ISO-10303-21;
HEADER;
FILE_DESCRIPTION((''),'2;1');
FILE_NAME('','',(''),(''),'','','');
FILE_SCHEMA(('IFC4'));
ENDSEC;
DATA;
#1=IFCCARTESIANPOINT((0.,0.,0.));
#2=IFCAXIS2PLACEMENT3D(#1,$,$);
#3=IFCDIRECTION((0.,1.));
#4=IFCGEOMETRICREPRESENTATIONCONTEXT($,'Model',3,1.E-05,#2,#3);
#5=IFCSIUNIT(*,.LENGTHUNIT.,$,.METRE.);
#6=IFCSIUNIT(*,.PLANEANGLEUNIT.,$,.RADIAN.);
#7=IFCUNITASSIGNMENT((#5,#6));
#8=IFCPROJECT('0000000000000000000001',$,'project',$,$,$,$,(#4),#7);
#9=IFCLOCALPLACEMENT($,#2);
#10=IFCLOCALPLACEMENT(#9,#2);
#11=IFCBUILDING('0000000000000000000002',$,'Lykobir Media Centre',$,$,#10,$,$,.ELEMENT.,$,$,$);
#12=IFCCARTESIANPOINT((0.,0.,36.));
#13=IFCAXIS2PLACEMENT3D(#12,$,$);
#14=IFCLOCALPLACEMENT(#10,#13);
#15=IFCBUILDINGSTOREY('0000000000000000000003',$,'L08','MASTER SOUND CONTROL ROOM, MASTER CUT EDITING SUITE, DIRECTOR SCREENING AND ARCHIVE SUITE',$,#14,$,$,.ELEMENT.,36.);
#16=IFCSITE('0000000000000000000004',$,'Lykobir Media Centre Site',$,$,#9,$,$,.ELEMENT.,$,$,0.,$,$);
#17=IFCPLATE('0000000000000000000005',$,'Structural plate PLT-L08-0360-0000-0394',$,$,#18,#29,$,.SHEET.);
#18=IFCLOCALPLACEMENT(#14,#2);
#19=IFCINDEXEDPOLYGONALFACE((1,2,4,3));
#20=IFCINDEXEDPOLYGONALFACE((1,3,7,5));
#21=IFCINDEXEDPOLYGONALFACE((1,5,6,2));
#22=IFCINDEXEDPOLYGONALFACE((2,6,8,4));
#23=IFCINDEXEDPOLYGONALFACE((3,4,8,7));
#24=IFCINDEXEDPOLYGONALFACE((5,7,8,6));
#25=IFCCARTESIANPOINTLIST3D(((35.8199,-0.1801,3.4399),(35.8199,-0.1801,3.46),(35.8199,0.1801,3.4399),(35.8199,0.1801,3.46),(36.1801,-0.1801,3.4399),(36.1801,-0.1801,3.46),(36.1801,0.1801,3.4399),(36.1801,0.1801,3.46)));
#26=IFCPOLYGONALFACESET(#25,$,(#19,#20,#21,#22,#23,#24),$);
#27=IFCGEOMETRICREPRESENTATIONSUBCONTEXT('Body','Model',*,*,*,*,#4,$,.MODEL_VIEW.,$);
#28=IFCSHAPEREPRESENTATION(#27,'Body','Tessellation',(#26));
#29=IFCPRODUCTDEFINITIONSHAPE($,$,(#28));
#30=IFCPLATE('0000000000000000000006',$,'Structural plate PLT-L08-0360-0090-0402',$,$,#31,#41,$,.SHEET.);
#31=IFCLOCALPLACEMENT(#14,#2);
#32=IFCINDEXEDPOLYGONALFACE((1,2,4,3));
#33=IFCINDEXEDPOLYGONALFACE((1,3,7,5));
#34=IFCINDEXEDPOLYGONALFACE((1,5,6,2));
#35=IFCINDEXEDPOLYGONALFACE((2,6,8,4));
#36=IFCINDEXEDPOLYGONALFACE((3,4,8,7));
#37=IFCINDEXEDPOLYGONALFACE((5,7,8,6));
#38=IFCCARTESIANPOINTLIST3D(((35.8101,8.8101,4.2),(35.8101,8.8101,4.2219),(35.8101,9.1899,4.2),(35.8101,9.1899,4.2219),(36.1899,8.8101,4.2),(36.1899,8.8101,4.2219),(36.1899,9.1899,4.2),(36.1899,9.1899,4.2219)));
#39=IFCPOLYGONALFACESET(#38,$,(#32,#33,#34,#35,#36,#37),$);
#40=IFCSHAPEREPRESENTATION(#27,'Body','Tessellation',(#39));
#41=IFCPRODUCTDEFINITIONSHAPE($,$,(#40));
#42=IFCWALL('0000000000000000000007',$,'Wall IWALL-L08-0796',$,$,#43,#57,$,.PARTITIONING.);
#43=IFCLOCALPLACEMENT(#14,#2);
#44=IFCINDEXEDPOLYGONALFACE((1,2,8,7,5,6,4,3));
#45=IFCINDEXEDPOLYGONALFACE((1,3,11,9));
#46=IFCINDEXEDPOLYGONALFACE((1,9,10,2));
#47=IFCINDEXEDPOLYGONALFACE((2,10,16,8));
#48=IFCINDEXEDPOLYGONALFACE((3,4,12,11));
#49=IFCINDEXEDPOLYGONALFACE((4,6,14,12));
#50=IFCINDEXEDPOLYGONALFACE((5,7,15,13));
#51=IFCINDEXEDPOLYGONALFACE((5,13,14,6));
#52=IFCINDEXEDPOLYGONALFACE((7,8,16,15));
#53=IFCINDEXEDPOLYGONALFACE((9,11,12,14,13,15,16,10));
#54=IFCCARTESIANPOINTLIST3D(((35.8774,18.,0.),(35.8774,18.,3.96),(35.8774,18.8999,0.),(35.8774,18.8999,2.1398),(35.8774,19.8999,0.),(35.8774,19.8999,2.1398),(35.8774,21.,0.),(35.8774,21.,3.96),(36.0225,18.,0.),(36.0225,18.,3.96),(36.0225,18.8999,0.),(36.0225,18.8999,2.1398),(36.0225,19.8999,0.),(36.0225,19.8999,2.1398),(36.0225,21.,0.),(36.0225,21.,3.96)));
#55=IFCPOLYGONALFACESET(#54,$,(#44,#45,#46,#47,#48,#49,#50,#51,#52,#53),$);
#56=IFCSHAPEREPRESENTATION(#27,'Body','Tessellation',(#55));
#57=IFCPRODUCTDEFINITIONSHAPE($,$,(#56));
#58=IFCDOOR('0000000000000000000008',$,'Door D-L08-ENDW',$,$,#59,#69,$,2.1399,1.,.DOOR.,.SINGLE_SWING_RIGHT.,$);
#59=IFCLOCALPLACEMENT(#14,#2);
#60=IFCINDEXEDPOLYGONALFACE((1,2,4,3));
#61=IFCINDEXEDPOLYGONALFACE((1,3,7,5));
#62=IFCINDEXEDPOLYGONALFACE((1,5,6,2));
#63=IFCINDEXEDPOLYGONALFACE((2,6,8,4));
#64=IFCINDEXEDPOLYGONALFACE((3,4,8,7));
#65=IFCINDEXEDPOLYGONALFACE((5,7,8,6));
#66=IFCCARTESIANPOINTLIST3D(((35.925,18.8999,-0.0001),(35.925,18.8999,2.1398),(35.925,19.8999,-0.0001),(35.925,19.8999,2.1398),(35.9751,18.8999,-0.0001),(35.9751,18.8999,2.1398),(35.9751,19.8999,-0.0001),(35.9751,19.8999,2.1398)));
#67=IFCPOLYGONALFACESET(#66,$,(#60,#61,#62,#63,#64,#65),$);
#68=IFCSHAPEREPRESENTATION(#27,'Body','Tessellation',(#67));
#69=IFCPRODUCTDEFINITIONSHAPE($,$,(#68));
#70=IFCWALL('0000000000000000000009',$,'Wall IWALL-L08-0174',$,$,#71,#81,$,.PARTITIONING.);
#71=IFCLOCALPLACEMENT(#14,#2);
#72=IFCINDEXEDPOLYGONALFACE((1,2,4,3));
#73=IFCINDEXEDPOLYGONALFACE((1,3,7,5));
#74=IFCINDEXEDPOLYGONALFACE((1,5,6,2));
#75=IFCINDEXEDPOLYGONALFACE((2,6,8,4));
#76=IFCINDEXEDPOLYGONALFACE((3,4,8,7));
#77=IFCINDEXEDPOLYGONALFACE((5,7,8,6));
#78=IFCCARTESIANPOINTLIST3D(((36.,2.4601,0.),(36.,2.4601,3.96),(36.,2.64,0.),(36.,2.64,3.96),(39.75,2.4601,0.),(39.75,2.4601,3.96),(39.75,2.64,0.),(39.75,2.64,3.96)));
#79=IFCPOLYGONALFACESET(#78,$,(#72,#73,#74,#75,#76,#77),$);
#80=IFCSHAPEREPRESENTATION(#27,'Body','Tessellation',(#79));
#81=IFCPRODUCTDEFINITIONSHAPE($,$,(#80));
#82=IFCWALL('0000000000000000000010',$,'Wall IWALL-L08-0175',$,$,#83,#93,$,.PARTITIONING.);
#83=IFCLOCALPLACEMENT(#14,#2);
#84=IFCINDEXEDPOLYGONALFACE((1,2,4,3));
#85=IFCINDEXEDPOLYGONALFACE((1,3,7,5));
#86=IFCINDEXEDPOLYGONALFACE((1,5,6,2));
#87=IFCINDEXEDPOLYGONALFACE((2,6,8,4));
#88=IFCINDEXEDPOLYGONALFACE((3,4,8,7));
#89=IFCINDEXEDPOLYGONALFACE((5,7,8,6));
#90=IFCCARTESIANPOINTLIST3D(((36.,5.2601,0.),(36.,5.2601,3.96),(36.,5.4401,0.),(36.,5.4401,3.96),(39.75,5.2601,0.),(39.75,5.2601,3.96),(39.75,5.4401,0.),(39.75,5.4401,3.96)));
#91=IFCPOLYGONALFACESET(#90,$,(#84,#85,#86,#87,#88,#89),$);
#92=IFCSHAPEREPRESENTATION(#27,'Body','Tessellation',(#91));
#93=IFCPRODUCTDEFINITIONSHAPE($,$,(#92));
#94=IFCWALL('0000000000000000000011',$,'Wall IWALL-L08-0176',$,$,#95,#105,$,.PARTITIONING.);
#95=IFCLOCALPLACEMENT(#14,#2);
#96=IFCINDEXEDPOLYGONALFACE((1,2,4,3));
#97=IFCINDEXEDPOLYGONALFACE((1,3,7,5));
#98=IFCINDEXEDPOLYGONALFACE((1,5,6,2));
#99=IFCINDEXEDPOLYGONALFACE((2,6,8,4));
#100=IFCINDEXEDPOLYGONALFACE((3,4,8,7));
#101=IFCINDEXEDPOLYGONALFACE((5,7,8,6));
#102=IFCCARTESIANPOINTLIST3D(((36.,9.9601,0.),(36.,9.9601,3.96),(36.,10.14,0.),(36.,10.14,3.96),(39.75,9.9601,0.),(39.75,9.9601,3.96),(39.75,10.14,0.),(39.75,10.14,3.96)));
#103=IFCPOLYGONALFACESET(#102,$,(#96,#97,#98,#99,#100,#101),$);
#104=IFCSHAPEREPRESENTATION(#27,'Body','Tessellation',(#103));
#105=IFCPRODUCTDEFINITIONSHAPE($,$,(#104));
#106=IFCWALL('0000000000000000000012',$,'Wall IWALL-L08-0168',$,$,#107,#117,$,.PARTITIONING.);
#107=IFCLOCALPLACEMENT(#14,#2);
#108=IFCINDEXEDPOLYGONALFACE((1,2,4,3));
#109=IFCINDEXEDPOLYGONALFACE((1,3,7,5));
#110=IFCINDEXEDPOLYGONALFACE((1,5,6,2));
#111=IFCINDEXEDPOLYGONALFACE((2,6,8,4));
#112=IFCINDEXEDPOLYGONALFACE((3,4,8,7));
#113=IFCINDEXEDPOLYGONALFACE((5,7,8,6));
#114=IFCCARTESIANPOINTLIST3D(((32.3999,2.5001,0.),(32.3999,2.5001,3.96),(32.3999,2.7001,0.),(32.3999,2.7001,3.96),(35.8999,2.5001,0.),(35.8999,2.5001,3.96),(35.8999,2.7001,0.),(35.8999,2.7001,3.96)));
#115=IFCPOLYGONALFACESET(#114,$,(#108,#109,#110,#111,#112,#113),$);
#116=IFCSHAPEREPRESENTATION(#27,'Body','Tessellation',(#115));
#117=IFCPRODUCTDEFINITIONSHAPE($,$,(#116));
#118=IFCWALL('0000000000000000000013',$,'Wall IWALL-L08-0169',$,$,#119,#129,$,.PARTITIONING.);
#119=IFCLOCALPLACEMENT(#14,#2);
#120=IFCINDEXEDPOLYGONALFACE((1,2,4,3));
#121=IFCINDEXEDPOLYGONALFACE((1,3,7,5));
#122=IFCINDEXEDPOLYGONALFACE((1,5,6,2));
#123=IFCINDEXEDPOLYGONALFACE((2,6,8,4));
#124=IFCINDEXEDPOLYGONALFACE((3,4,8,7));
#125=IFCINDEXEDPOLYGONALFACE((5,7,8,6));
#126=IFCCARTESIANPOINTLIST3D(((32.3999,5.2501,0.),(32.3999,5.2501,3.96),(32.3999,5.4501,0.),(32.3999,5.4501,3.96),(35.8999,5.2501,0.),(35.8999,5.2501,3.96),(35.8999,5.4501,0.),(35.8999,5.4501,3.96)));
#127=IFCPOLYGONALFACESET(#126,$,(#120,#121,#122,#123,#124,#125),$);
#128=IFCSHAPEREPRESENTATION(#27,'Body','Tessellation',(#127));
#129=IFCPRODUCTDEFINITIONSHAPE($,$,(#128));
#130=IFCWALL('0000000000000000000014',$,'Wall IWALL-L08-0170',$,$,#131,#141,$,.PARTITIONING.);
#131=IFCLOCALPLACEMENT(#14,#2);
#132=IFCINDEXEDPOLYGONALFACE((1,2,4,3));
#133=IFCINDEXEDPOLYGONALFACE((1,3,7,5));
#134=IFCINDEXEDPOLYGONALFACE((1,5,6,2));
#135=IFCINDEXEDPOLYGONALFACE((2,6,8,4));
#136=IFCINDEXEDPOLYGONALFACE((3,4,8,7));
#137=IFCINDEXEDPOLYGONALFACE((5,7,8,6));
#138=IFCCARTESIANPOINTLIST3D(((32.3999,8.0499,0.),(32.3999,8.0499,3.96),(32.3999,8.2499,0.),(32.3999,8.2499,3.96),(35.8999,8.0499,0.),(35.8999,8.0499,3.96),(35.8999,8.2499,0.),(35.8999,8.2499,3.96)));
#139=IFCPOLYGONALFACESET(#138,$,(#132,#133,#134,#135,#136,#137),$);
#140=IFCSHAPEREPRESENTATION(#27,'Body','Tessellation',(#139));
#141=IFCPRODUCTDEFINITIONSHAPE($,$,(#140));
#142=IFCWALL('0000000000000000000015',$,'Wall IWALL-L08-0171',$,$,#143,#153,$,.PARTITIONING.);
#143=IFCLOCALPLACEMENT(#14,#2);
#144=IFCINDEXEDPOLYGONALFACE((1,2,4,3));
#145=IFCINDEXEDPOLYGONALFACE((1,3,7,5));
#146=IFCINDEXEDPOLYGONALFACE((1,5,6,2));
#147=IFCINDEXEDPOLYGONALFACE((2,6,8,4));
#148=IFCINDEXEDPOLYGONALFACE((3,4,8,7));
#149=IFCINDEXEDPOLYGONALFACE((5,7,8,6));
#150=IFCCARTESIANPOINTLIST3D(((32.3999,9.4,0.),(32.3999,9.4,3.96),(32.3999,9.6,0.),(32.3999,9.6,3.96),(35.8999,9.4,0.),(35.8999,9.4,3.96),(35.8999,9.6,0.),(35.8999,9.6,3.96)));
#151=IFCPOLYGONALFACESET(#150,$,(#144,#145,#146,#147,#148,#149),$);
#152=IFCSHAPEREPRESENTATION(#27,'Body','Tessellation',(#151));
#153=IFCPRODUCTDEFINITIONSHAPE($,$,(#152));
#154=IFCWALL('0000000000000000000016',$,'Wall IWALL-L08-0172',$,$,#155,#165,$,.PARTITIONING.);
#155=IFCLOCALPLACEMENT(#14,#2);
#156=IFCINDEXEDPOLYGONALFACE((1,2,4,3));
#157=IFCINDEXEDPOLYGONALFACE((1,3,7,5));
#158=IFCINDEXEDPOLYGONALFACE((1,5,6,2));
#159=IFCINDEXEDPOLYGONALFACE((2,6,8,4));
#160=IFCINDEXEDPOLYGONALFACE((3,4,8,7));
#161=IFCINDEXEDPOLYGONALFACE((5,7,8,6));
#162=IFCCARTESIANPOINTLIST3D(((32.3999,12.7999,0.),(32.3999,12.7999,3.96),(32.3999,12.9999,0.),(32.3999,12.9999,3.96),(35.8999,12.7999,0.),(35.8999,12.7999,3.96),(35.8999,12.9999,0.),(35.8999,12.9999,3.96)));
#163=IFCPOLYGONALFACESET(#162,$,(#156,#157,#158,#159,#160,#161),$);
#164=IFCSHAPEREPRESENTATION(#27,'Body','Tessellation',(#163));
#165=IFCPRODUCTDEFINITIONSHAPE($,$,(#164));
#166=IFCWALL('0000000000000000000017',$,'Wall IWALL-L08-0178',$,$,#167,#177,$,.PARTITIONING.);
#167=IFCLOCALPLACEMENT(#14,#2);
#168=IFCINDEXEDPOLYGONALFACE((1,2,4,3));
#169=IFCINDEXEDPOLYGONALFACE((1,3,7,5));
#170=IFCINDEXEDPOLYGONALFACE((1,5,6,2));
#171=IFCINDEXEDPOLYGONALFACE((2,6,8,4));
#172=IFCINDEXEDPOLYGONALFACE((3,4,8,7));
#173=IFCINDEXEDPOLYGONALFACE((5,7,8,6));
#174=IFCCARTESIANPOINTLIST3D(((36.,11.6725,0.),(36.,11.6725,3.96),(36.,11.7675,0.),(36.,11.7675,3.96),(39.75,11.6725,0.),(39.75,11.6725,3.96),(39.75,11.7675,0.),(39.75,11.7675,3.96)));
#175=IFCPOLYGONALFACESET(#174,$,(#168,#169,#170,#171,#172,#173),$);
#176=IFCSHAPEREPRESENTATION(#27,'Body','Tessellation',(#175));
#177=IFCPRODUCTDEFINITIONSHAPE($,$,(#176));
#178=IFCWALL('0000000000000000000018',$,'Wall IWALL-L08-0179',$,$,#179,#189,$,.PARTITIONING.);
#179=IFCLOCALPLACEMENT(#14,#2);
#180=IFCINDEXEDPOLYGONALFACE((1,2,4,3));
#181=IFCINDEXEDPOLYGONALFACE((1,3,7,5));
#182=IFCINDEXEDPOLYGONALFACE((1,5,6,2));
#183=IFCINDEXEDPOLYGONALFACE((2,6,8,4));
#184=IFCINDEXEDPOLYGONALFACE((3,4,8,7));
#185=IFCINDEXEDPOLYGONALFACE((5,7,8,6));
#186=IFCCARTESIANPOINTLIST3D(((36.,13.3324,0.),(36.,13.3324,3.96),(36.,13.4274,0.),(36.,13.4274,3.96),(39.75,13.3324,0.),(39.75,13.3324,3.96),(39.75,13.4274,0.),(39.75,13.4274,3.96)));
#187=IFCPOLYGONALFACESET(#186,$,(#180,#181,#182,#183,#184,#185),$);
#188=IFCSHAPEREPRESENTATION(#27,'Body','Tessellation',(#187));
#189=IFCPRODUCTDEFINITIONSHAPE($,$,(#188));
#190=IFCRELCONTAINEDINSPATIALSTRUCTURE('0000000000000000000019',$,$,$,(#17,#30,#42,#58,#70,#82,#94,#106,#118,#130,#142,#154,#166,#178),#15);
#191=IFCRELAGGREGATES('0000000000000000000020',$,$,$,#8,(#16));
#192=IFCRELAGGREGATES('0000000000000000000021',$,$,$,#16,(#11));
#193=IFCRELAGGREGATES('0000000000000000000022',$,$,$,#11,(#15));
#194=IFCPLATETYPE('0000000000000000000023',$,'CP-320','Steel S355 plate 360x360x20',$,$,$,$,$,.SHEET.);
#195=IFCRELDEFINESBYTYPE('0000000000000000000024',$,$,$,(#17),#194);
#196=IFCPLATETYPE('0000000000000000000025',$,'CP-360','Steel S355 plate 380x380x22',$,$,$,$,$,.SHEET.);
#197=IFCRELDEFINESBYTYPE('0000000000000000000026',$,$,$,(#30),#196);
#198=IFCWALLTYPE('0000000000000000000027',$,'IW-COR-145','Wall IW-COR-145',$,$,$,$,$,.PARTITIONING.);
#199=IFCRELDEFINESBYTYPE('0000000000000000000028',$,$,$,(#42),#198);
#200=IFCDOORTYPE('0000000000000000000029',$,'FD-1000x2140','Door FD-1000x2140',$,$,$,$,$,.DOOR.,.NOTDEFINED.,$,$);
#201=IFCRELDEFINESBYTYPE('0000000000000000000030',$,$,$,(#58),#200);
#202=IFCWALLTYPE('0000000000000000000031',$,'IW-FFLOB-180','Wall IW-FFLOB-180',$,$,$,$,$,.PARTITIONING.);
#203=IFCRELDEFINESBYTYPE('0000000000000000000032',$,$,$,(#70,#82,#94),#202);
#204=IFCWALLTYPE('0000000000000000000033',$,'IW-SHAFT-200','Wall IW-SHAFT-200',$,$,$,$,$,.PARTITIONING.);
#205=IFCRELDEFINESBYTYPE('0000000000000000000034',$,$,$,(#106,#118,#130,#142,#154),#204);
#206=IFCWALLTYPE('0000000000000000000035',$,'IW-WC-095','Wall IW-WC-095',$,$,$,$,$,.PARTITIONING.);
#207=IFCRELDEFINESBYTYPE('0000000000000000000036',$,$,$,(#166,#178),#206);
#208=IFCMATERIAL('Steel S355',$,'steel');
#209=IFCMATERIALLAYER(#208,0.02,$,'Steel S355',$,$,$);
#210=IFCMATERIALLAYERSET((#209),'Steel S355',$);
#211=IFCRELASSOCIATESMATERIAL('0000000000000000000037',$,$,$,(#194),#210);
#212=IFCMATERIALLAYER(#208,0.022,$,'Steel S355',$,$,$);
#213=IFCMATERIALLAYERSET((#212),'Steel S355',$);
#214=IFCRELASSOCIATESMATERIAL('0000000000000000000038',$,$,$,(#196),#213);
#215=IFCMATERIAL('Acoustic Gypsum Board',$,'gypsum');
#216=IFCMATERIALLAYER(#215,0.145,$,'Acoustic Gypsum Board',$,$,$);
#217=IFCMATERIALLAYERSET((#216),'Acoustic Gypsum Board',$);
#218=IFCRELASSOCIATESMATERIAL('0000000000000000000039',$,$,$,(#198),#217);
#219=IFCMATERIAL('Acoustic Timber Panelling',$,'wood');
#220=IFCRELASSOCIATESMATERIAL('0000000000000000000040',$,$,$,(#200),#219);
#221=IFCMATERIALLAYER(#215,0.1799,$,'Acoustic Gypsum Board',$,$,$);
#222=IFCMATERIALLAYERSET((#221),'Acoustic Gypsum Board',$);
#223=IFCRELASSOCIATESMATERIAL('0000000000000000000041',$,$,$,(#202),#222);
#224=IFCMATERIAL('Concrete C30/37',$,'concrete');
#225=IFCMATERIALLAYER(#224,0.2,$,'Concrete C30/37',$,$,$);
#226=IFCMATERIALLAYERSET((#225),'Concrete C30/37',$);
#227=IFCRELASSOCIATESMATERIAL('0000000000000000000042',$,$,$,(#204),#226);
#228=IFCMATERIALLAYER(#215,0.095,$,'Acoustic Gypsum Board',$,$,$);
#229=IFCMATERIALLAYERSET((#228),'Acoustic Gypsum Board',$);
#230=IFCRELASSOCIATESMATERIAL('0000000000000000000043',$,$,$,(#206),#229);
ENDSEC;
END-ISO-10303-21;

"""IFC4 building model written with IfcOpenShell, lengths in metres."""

from ifc_helpers import new_model, si_unit, direction, frame, frame_2d, origin, origin_2d, place, context, subcontext, project, spatial, rectangle, extrude, material, layer, layer_set, type_object, element, fill, save


model = new_model("IFC4")

# Units and contexts
model_context = context("Model", 3, precision=1e-05, world=origin(), true_north=direction((0.0, 1.0)))
body_context = subcontext(model_context, "Body", "Model", "MODEL_VIEW")
ifc_project = project(units=[si_unit("LENGTHUNIT", "METRE"), si_unit("PLANEANGLEUNIT", "RADIAN")], contexts=[model_context])

# Site, building, storey
site_placement = place(None, origin())
site = spatial("IfcSite", under=ifc_project, at=site_placement, Name="Lykobir Media Centre Site", CompositionType="ELEMENT", RefElevation=0.0)
building_placement = place(site_placement, origin())
building = spatial("IfcBuilding", under=site, at=building_placement, Name="Lykobir Media Centre", CompositionType="ELEMENT")
storey_placement = place(building_placement, frame((0.0, 0.0, 36.0)))
storey = spatial("IfcBuildingStorey", under=building, at=storey_placement, Name="L08", Description="MASTER SOUND CONTROL ROOM, MASTER CUT EDITING SUITE, DIRECTOR SCREENING AND ARCHIVE SUITE", CompositionType="ELEMENT", Elevation=36.0)

# Shared definitions
ifc_material_1 = material(Name="Steel S355", Category="steel")

# Plates
ifc_layer_1 = layer(ifc_material_1, 0.02, Name="Steel S355")
ifc_layer_set_1 = layer_set([ifc_layer_1], Name="Steel S355")
plate_type_1 = type_object("IfcPlateType", Name="CP-320", Description="Steel S355 plate 360x360x20", PredefinedType="SHEET", material=ifc_layer_set_1)
plate_1_placement = place(storey_placement, frame((36.0, 0.0, 3.4399), z_axis=(0.0, 0.0, 1.0), x_axis=(1.0, 0.0, 0.0)))
element("IfcPlate", 1, at=plate_1_placement, inside=storey, type_object=plate_type_1, Name="Structural plate PLT-L08-0360-0000-0394", PredefinedType="SHEET", context=body_context, shape_type="SweptSolid", body=[
    extrude(rectangle(XDim=0.3601, YDim=0.3601, at=origin_2d()), origin(), (0.0, 0.0, 1.0), 0.02),
])
ifc_layer_2 = layer(ifc_material_1, 0.022, Name="Steel S355")
ifc_layer_set_2 = layer_set([ifc_layer_2], Name="Steel S355")
plate_type_2 = type_object("IfcPlateType", Name="CP-360", Description="Steel S355 plate 380x380x22", PredefinedType="SHEET", material=ifc_layer_set_2)
plate_2_placement = place(storey_placement, frame((36.0, 9.0, 4.2), z_axis=(0.0, 0.0, 1.0), x_axis=(1.0, 0.0, 0.0)))
element("IfcPlate", 2, at=plate_2_placement, inside=storey, type_object=plate_type_2, Name="Structural plate PLT-L08-0360-0090-0402", PredefinedType="SHEET", context=body_context, shape_type="SweptSolid", body=[
    extrude(rectangle(XDim=0.3799, YDim=0.3799, at=origin_2d()), origin(), (0.0, 0.0, 1.0), 0.022),
])

# Wall, opening, door
ifc_material_2 = material(Name="Acoustic Gypsum Board", Category="gypsum")
ifc_layer_3 = layer(ifc_material_2, 0.145, Name="Acoustic Gypsum Board")
ifc_layer_set_3 = layer_set([ifc_layer_3], Name="Acoustic Gypsum Board")
wall_type_1 = type_object("IfcWallType", Name="IW-COR-145", Description="Wall IW-COR-145", PredefinedType="PARTITIONING", material=ifc_layer_set_3)
wall_1_placement = place(storey_placement, frame((35.95, 18.0, 0.0), z_axis=(0.0, 0.0, 1.0), x_axis=(0.0, 1.0, 0.0)))
wall_1 = element("IfcWall", 3, at=wall_1_placement, inside=storey, type_object=wall_type_1, Name="Wall IWALL-L08-0796", PredefinedType="PARTITIONING", context=body_context, shape_type="SweptSolid", body=[
    extrude(rectangle(XDim=3.0, YDim=0.145, at=frame_2d((1.5, 0.0))), origin(), (0.0, 0.0, 1.0), 3.96),
])
opening_1_placement = place(wall_1_placement, frame((0.8999, 0.0, 0.0)))
opening_1 = element("IfcOpeningElement", 4, at=opening_1_placement, cuts=wall_1, PredefinedType="OPENING", context=body_context, shape_type="SweptSolid", body=[
    extrude(rectangle(XDim=1.0, YDim=2.1399, at=frame_2d((0.5, 1.0698))), frame((0.0, 0.0825, 0.0), z_axis=(0.0, -1.0, 0.0), x_axis=(1.0, 0.0, 0.0)), (0.0, 0.0, 1.0), 0.165),
])
ifc_material_3 = material(Name="Acoustic Timber Panelling", Category="wood")
door_type_1 = type_object("IfcDoorType", Name="FD-1000x2140", Description="Door FD-1000x2140", OperationType="NOTDEFINED", PredefinedType="DOOR", material=ifc_material_3)
door_1_placement = place(opening_1_placement, origin())
door_1 = element("IfcDoor", 5, at=door_1_placement, inside=storey, type_object=door_type_1, Name="Door D-L08-ENDW", OperationType="SINGLE_SWING_RIGHT", OverallHeight=2.1399, OverallWidth=1.0, PredefinedType="DOOR", context=body_context, shape_type="SweptSolid", body=[
    extrude(rectangle(XDim=1.0, YDim=2.1399, at=frame_2d((0.5, 1.0698))), frame((0.0, 0.0249, 0.0), z_axis=(0.0, -1.0, 0.0), x_axis=(1.0, 0.0, 0.0)), (0.0, 0.0, 1.0), 0.05),
])
fill(opening_1, door_1)

# Walls
ifc_layer_4 = layer(ifc_material_2, 0.1799, Name="Acoustic Gypsum Board")
ifc_layer_set_4 = layer_set([ifc_layer_4], Name="Acoustic Gypsum Board")
wall_type_2 = type_object("IfcWallType", Name="IW-FFLOB-180", Description="Wall IW-FFLOB-180", PredefinedType="PARTITIONING", material=ifc_layer_set_4)
for number, where, z_axis, x_axis, name in (
    (6, (36.0, 2.55, 0.0), (0.0, 0.0, 1.0), (1.0, 0.0, 0.0), "Wall IWALL-L08-0174"),
    (7, (36.0, 5.3501, 0.0), (0.0, 0.0, 1.0), (1.0, 0.0, 0.0), "Wall IWALL-L08-0175"),
    (8, (36.0, 10.05, 0.0), (0.0, 0.0, 1.0), (1.0, 0.0, 0.0), "Wall IWALL-L08-0176"),
):
    element("IfcWall", number, at=place(storey_placement, frame(where, z_axis=z_axis, x_axis=x_axis)), inside=storey, type_object=wall_type_2, Name=name, PredefinedType="PARTITIONING", context=body_context, shape_type="SweptSolid", body=[
        extrude(rectangle(XDim=3.75, YDim=0.1799, at=frame_2d((1.875, 0.0))), origin(), (0.0, 0.0, 1.0), 3.96),
    ])
ifc_material_4 = material(Name="Concrete C30/37", Category="concrete")
ifc_layer_5 = layer(ifc_material_4, 0.2, Name="Concrete C30/37")
ifc_layer_set_5 = layer_set([ifc_layer_5], Name="Concrete C30/37")
wall_type_3 = type_object("IfcWallType", Name="IW-SHAFT-200", Description="Wall IW-SHAFT-200", PredefinedType="PARTITIONING", material=ifc_layer_set_5)
for number, where, z_axis, x_axis, name in (
    (9, (32.3999, 2.6001, 0.0), (0.0, 0.0, 1.0), (1.0, 0.0, 0.0), "Wall IWALL-L08-0168"),
    (10, (32.3999, 5.3501, 0.0), (0.0, 0.0, 1.0), (1.0, 0.0, 0.0), "Wall IWALL-L08-0169"),
    (11, (32.3999, 8.1499, 0.0), (0.0, 0.0, 1.0), (1.0, 0.0, 0.0), "Wall IWALL-L08-0170"),
    (12, (32.3999, 9.5, 0.0), (0.0, 0.0, 1.0), (1.0, 0.0, 0.0), "Wall IWALL-L08-0171"),
    (13, (32.3999, 12.8999, 0.0), (0.0, 0.0, 1.0), (1.0, 0.0, 0.0), "Wall IWALL-L08-0172"),
):
    element("IfcWall", number, at=place(storey_placement, frame(where, z_axis=z_axis, x_axis=x_axis)), inside=storey, type_object=wall_type_3, Name=name, PredefinedType="PARTITIONING", context=body_context, shape_type="SweptSolid", body=[
        extrude(rectangle(XDim=3.5, YDim=0.2, at=frame_2d((1.75, 0.0))), origin(), (0.0, 0.0, 1.0), 3.96),
    ])
ifc_layer_6 = layer(ifc_material_2, 0.095, Name="Acoustic Gypsum Board")
ifc_layer_set_6 = layer_set([ifc_layer_6], Name="Acoustic Gypsum Board")
wall_type_4 = type_object("IfcWallType", Name="IW-WC-095", Description="Wall IW-WC-095", PredefinedType="PARTITIONING", material=ifc_layer_set_6)
for number, where, z_axis, x_axis, name in (
    (14, (36.0, 11.72, 0.0), (0.0, 0.0, 1.0), (1.0, 0.0, 0.0), "Wall IWALL-L08-0178"),
    (15, (36.0, 13.3799, 0.0), (0.0, 0.0, 1.0), (1.0, 0.0, 0.0), "Wall IWALL-L08-0179"),
):
    element("IfcWall", number, at=place(storey_placement, frame(where, z_axis=z_axis, x_axis=x_axis)), inside=storey, type_object=wall_type_4, Name=name, PredefinedType="PARTITIONING", context=body_context, shape_type="SweptSolid", body=[
        extrude(rectangle(XDim=3.75, YDim=0.095, at=frame_2d((1.875, 0.0))), origin(), (0.0, 0.0, 1.0), 3.96),
    ])

save(model, "model.ifc")
